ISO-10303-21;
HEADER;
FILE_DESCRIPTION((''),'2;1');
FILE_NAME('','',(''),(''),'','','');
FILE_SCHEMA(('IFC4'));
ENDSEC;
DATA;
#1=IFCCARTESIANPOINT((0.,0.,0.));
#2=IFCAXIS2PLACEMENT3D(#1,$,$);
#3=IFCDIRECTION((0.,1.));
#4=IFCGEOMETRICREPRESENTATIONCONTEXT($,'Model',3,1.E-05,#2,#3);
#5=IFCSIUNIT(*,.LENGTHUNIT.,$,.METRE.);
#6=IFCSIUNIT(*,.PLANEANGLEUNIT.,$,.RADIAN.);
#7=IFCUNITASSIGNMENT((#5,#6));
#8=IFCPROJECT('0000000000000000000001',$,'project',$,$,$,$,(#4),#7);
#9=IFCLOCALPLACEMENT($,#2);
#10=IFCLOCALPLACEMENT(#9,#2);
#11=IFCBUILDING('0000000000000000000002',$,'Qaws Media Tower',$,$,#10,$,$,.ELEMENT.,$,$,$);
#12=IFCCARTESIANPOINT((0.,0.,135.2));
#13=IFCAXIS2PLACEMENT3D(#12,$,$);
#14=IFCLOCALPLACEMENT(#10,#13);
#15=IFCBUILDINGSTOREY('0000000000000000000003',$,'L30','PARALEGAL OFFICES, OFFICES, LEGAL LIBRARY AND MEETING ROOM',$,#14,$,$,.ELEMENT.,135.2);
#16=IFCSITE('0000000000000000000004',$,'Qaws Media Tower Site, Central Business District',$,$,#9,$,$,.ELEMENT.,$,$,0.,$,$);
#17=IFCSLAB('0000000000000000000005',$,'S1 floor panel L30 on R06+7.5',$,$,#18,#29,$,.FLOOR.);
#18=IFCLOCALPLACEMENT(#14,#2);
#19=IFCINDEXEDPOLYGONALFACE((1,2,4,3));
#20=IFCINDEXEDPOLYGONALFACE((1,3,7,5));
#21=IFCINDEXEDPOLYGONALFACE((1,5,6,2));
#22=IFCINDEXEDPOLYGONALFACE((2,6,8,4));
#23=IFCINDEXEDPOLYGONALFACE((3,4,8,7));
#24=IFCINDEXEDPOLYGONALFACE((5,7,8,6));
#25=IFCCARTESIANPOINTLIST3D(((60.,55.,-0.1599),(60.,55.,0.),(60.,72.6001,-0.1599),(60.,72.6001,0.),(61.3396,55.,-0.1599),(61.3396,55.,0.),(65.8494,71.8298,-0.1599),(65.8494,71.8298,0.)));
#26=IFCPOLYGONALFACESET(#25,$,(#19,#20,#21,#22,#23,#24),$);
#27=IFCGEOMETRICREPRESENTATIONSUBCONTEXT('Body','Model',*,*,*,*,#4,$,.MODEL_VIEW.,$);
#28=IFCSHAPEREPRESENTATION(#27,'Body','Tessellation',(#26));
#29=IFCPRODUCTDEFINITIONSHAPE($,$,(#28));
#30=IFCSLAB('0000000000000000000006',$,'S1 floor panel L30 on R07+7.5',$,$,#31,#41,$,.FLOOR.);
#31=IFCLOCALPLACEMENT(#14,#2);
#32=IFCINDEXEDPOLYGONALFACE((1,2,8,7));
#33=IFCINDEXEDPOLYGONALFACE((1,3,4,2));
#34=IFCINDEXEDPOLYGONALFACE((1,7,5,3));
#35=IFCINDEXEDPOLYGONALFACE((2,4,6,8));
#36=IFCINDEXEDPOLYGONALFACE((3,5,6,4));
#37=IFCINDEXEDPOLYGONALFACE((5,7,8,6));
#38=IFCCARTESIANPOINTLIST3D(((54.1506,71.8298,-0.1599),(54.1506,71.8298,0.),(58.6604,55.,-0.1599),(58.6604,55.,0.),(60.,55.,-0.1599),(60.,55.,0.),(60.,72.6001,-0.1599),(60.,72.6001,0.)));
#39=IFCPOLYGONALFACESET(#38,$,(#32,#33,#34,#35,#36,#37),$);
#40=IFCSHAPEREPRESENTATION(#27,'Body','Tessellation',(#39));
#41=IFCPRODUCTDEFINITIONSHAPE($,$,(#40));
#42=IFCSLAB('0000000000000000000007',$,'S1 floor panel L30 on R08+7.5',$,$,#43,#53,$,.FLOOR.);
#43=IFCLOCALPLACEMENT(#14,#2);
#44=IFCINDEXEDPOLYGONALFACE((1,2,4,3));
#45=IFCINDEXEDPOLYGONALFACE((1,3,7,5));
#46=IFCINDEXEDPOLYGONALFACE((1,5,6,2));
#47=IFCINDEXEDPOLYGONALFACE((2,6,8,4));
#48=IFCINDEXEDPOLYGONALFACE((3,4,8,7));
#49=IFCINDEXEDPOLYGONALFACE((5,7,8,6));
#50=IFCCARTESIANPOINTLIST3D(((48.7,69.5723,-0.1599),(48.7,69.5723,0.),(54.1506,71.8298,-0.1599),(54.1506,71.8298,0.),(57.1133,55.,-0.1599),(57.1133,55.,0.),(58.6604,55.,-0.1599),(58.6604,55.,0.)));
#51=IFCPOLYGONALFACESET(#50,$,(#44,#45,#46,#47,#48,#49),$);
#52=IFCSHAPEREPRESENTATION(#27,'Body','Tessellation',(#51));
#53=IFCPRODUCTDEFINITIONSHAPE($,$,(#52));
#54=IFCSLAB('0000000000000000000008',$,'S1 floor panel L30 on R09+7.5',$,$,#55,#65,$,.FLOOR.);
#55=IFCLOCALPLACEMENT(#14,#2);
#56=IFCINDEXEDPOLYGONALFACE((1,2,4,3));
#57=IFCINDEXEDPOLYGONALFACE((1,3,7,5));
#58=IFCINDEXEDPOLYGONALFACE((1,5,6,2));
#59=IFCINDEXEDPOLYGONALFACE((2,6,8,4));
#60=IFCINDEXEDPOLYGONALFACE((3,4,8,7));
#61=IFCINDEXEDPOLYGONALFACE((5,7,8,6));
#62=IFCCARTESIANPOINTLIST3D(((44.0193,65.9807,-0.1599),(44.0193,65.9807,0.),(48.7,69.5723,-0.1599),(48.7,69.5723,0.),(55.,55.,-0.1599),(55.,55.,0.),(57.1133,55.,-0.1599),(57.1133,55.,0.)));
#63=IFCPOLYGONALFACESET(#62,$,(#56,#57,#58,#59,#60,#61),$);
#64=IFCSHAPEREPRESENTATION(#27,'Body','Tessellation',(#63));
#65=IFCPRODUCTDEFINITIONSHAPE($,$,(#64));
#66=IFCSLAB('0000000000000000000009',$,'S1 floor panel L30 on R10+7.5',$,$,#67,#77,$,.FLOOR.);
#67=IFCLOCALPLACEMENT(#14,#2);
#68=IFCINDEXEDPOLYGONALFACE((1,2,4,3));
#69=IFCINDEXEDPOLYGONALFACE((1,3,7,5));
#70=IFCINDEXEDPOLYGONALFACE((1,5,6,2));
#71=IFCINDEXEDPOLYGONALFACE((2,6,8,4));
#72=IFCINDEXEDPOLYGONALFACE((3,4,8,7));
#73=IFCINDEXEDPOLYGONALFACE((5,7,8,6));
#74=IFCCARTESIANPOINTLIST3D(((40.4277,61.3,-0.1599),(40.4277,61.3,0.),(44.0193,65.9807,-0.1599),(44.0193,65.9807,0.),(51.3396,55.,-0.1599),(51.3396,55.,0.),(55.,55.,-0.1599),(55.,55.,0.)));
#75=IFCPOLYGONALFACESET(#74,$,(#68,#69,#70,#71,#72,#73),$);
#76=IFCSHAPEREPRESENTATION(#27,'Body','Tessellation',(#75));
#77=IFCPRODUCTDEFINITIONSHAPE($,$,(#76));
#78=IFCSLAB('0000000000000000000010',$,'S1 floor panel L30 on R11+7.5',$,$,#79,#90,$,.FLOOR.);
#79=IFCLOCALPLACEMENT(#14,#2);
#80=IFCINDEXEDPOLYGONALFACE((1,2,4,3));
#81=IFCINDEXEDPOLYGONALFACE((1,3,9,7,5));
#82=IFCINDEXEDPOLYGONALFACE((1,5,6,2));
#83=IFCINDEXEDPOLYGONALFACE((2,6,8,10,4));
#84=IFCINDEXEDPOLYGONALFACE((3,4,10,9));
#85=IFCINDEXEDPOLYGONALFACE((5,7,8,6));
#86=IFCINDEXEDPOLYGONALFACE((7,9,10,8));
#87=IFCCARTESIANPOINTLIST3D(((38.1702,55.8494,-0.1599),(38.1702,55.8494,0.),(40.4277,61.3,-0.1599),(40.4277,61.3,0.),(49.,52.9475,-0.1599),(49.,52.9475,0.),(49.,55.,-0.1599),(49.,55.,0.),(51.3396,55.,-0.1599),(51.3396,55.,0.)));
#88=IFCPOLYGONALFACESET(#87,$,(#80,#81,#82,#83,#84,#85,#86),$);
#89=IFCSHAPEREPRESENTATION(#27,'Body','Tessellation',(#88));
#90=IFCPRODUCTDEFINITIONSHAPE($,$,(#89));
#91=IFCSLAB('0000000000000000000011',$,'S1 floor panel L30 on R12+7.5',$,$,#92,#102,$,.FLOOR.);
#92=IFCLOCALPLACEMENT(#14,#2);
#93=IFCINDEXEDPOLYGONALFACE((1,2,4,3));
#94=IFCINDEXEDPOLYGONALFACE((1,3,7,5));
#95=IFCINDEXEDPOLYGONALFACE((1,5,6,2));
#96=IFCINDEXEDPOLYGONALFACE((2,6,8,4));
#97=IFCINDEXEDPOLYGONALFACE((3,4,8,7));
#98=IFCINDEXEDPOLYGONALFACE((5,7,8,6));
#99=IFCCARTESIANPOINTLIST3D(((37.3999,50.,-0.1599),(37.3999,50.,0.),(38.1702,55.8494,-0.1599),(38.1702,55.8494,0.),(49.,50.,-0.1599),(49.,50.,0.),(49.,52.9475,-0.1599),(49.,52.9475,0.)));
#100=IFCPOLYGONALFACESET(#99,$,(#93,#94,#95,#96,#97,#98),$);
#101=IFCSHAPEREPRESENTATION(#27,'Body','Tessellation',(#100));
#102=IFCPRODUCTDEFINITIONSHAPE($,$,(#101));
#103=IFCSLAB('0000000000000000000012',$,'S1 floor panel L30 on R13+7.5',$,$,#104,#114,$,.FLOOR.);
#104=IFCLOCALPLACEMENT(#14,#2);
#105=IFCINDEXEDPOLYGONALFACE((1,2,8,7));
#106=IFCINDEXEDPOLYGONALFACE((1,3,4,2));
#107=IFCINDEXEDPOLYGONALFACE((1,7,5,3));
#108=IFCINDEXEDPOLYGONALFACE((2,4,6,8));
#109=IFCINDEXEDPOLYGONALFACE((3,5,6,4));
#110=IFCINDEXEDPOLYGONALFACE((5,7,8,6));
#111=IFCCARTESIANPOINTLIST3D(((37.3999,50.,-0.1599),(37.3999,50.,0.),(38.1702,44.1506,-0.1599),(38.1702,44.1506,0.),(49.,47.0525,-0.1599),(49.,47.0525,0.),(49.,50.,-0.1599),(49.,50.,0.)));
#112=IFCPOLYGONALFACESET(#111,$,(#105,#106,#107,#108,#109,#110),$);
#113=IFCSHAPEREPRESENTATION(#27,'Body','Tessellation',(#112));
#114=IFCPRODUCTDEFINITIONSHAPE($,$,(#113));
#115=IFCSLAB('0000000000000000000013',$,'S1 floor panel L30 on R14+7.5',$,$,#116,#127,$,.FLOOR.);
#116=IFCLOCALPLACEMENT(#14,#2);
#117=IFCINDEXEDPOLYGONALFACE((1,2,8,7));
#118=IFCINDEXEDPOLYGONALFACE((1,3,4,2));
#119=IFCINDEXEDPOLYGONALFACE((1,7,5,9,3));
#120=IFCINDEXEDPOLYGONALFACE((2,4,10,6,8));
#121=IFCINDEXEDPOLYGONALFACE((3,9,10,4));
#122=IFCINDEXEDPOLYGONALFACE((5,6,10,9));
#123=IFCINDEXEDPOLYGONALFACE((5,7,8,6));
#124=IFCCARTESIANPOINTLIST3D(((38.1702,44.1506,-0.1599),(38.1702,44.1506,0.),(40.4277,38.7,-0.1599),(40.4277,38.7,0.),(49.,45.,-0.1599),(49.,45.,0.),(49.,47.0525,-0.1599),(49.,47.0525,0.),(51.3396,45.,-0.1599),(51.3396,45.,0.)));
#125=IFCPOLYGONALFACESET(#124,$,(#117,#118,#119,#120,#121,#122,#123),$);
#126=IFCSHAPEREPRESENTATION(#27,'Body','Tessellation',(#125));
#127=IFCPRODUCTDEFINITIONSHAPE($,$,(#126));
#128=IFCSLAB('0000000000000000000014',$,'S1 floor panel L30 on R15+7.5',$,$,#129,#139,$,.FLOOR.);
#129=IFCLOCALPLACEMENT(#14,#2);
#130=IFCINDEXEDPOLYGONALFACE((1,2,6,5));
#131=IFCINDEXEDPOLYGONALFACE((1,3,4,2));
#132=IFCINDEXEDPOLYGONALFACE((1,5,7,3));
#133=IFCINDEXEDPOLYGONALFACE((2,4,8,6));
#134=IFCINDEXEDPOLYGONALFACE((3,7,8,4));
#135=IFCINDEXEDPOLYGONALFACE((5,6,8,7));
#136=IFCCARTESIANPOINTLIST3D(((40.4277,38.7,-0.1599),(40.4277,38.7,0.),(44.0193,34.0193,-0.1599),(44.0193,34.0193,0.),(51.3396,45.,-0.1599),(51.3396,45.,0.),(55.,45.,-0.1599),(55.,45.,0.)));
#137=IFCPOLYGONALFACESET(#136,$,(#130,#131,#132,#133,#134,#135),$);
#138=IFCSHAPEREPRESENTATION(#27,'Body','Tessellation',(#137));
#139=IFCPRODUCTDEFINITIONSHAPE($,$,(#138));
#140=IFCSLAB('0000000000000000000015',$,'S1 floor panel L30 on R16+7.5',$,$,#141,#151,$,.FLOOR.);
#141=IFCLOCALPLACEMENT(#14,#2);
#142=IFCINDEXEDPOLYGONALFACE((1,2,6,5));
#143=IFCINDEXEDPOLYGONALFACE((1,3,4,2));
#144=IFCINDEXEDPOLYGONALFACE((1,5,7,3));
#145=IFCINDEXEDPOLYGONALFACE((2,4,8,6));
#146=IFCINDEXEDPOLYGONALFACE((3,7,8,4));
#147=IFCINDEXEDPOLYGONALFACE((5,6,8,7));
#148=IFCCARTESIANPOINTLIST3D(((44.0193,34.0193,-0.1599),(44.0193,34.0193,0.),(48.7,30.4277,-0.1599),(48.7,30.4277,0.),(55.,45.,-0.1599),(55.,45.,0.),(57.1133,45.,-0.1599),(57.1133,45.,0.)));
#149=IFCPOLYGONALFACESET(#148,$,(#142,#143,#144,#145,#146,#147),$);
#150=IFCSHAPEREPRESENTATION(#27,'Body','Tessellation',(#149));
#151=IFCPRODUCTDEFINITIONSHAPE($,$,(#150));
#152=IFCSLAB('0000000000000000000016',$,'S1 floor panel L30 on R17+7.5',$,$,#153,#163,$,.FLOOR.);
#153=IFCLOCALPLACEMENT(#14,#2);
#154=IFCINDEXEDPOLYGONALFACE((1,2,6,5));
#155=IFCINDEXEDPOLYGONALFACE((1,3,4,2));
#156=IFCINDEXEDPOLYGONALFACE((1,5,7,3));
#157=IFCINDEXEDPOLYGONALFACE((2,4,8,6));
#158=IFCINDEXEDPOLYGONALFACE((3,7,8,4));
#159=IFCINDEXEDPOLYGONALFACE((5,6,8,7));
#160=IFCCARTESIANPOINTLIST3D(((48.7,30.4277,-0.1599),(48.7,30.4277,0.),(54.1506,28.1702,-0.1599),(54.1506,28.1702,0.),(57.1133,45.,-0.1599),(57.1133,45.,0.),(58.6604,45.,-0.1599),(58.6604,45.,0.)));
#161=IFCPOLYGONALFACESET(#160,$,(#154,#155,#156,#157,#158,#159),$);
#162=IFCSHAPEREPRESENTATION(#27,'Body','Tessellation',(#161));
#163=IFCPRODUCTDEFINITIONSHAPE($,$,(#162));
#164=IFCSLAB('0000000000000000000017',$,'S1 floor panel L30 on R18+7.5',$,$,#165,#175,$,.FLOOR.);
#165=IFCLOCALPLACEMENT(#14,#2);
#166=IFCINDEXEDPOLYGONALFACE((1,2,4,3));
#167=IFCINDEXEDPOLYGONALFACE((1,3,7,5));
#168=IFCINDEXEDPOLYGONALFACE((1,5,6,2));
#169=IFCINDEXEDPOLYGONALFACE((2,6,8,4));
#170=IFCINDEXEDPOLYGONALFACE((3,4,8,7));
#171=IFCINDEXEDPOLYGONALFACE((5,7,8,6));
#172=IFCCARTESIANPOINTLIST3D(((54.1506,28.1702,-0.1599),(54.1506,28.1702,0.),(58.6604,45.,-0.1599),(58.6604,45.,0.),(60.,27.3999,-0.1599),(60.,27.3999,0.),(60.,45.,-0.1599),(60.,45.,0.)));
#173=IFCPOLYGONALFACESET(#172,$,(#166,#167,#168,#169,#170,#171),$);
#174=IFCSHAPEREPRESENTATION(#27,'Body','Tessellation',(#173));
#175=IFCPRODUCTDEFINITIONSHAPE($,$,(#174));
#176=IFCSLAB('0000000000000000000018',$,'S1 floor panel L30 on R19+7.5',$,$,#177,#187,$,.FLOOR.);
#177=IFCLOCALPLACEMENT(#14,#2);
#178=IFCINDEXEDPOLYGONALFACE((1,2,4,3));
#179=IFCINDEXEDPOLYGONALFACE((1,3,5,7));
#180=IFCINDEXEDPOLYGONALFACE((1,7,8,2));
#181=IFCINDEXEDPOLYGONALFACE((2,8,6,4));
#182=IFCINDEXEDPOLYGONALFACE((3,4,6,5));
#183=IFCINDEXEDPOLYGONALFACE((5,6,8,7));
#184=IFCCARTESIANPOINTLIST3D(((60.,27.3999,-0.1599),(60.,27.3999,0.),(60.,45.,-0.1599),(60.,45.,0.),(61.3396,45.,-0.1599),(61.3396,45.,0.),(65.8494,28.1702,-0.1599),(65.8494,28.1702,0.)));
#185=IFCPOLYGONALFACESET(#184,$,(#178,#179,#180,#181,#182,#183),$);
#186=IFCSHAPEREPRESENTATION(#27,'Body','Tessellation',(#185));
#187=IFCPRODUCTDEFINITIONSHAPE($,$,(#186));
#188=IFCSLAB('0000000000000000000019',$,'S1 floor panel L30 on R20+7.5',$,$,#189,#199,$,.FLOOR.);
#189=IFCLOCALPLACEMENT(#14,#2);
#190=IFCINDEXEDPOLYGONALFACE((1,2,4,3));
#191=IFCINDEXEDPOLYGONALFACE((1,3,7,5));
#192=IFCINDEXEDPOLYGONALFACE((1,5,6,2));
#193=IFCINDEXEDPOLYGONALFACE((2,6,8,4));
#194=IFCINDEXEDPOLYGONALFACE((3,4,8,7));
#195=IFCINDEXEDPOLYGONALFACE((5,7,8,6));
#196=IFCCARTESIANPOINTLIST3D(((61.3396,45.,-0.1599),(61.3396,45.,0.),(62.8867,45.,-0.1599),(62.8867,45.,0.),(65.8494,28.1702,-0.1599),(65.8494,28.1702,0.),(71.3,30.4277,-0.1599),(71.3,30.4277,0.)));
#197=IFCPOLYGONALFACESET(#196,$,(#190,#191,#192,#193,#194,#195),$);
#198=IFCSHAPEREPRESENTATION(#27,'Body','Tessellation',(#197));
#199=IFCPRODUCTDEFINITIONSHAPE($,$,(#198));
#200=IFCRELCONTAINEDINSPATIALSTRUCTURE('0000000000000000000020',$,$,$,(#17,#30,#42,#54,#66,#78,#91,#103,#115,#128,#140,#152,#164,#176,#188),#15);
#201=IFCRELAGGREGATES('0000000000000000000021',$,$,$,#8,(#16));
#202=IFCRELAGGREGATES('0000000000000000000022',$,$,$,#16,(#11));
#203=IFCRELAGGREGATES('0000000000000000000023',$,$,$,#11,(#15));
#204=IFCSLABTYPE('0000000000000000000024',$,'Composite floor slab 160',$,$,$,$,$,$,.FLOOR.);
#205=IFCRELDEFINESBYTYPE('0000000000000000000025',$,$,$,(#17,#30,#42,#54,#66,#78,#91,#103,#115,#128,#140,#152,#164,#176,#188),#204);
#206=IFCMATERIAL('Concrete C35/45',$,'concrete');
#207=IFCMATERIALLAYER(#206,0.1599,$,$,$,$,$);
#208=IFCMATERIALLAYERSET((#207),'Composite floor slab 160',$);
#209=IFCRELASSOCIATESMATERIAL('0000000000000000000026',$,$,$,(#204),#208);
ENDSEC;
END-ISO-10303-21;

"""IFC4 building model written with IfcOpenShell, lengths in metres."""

from ifc_helpers import new_model, si_unit, direction, frame, origin, place, context, subcontext, project, spatial, polyline, outline, extrude, material, layer, layer_set, type_object, element, save


model = new_model("IFC4")

# Units and contexts
model_context = context("Model", 3, precision=1e-05, world=origin(), true_north=direction((0.0, 1.0)))
body_context = subcontext(model_context, "Body", "Model", "MODEL_VIEW")
ifc_project = project(units=[si_unit("LENGTHUNIT", "METRE"), si_unit("PLANEANGLEUNIT", "RADIAN")], contexts=[model_context])

# Site, building, storey
site_placement = place(None, origin())
site = spatial("IfcSite", under=ifc_project, at=site_placement, Name="Qaws Media Tower Site, Central Business District", CompositionType="ELEMENT", RefElevation=0.0)
building_placement = place(site_placement, origin())
building = spatial("IfcBuilding", under=site, at=building_placement, Name="Qaws Media Tower", CompositionType="ELEMENT")
storey_placement = place(building_placement, frame((0.0, 0.0, 135.2)))
storey = spatial("IfcBuildingStorey", under=building, at=storey_placement, Name="L30", Description="PARALEGAL OFFICES, OFFICES, LEGAL LIBRARY AND MEETING ROOM", CompositionType="ELEMENT", Elevation=135.2)

# Slabs
ifc_material_1 = material(Name="Concrete C35/45", Category="concrete")
ifc_layer_1 = layer(ifc_material_1, 0.1599)
ifc_layer_set_1 = layer_set([ifc_layer_1], Name="Composite floor slab 160")
slab_type_1 = type_object("IfcSlabType", Name="Composite floor slab 160", PredefinedType="FLOOR", material=ifc_layer_set_1)
slab_1_placement = place(storey_placement, frame((0.0, 0.0, -0.1599)))
element("IfcSlab", 1, at=slab_1_placement, inside=storey, type_object=slab_type_1, Name="S1 floor panel L30 on R06+7.5", PredefinedType="FLOOR", context=body_context, shape_type="SweptSolid", body=[
    extrude(outline(polyline([(65.8494, 71.8298), (61.3396, 55.0), (60.0, 55.0), (60.0, 72.6001), (65.8494, 71.8298)])), origin(), (0.0, 0.0, 1.0), 0.1599),
])
slab_2_placement = place(storey_placement, frame((0.0, 0.0, -0.1599)))
element("IfcSlab", 2, at=slab_2_placement, inside=storey, type_object=slab_type_1, Name="S1 floor panel L30 on R07+7.5", PredefinedType="FLOOR", context=body_context, shape_type="SweptSolid", body=[
    extrude(outline(polyline([(54.1506, 71.8298), (60.0, 72.6001), (60.0, 55.0), (58.6604, 55.0), (54.1506, 71.8298)])), origin(), (0.0, 0.0, 1.0), 0.1599),
])
slab_3_placement = place(storey_placement, frame((0.0, 0.0, -0.1599)))
element("IfcSlab", 3, at=slab_3_placement, inside=storey, type_object=slab_type_1, Name="S1 floor panel L30 on R08+7.5", PredefinedType="FLOOR", context=body_context, shape_type="SweptSolid", body=[
    extrude(outline(polyline([(54.1506, 71.8298), (58.6604, 55.0), (57.1133, 55.0), (48.7, 69.5723), (54.1506, 71.8298)])), origin(), (0.0, 0.0, 1.0), 0.1599),
])
slab_4_placement = place(storey_placement, frame((0.0, 0.0, -0.1599)))
element("IfcSlab", 4, at=slab_4_placement, inside=storey, type_object=slab_type_1, Name="S1 floor panel L30 on R09+7.5", PredefinedType="FLOOR", context=body_context, shape_type="SweptSolid", body=[
    extrude(outline(polyline([(44.0193, 65.9807), (48.7, 69.5723), (57.1133, 55.0), (55.0, 55.0), (44.0193, 65.9807)])), origin(), (0.0, 0.0, 1.0), 0.1599),
])
slab_5_placement = place(storey_placement, frame((0.0, 0.0, -0.1599)))
element("IfcSlab", 5, at=slab_5_placement, inside=storey, type_object=slab_type_1, Name="S1 floor panel L30 on R10+7.5", PredefinedType="FLOOR", context=body_context, shape_type="SweptSolid", body=[
    extrude(outline(polyline([(40.4277, 61.3), (44.0193, 65.9807), (55.0, 55.0), (51.3396, 55.0), (40.4277, 61.3)])), origin(), (0.0, 0.0, 1.0), 0.1599),
])
slab_6_placement = place(storey_placement, frame((0.0, 0.0, -0.1599)))
element("IfcSlab", 6, at=slab_6_placement, inside=storey, type_object=slab_type_1, Name="S1 floor panel L30 on R11+7.5", PredefinedType="FLOOR", context=body_context, shape_type="SweptSolid", body=[
    extrude(outline(polyline([(40.4277, 61.3), (51.3396, 55.0), (49.0, 55.0), (49.0, 52.9475), (38.1702, 55.8494), (40.4277, 61.3)])), origin(), (0.0, 0.0, 1.0), 0.1599),
])
slab_7_placement = place(storey_placement, frame((0.0, 0.0, -0.1599)))
element("IfcSlab", 7, at=slab_7_placement, inside=storey, type_object=slab_type_1, Name="S1 floor panel L30 on R12+7.5", PredefinedType="FLOOR", context=body_context, shape_type="SweptSolid", body=[
    extrude(outline(polyline([(38.1702, 55.8494), (49.0, 52.9475), (49.0, 50.0), (37.3999, 50.0), (38.1702, 55.8494)])), origin(), (0.0, 0.0, 1.0), 0.1599),
])
slab_8_placement = place(storey_placement, frame((0.0, 0.0, -0.1599)))
element("IfcSlab", 8, at=slab_8_placement, inside=storey, type_object=slab_type_1, Name="S1 floor panel L30 on R13+7.5", PredefinedType="FLOOR", context=body_context, shape_type="SweptSolid", body=[
    extrude(outline(polyline([(38.1702, 44.1506), (37.3999, 50.0), (49.0, 50.0), (49.0, 47.0525), (38.1702, 44.1506)])), origin(), (0.0, 0.0, 1.0), 0.1599),
])
slab_9_placement = place(storey_placement, frame((0.0, 0.0, -0.1599)))
element("IfcSlab", 9, at=slab_9_placement, inside=storey, type_object=slab_type_1, Name="S1 floor panel L30 on R14+7.5", PredefinedType="FLOOR", context=body_context, shape_type="SweptSolid", body=[
    extrude(outline(polyline([(38.1702, 44.1506), (49.0, 47.0525), (49.0, 45.0), (51.3396, 45.0), (40.4277, 38.7), (38.1702, 44.1506)])), origin(), (0.0, 0.0, 1.0), 0.1599),
])
slab_10_placement = place(storey_placement, frame((0.0, 0.0, -0.1599)))
element("IfcSlab", 10, at=slab_10_placement, inside=storey, type_object=slab_type_1, Name="S1 floor panel L30 on R15+7.5", PredefinedType="FLOOR", context=body_context, shape_type="SweptSolid", body=[
    extrude(outline(polyline([(40.4277, 38.7), (51.3396, 45.0), (55.0, 45.0), (44.0193, 34.0193), (40.4277, 38.7)])), origin(), (0.0, 0.0, 1.0), 0.1599),
])
slab_11_placement = place(storey_placement, frame((0.0, 0.0, -0.1599)))
element("IfcSlab", 11, at=slab_11_placement, inside=storey, type_object=slab_type_1, Name="S1 floor panel L30 on R16+7.5", PredefinedType="FLOOR", context=body_context, shape_type="SweptSolid", body=[
    extrude(outline(polyline([(48.7, 30.4277), (44.0193, 34.0193), (55.0, 45.0), (57.1133, 45.0), (48.7, 30.4277)])), origin(), (0.0, 0.0, 1.0), 0.1599),
])
slab_12_placement = place(storey_placement, frame((0.0, 0.0, -0.1599)))
element("IfcSlab", 12, at=slab_12_placement, inside=storey, type_object=slab_type_1, Name="S1 floor panel L30 on R17+7.5", PredefinedType="FLOOR", context=body_context, shape_type="SweptSolid", body=[
    extrude(outline(polyline([(48.7, 30.4277), (57.1133, 45.0), (58.6604, 45.0), (54.1506, 28.1702), (48.7, 30.4277)])), origin(), (0.0, 0.0, 1.0), 0.1599),
])
slab_13_placement = place(storey_placement, frame((0.0, 0.0, -0.1599)))
element("IfcSlab", 13, at=slab_13_placement, inside=storey, type_object=slab_type_1, Name="S1 floor panel L30 on R18+7.5", PredefinedType="FLOOR", context=body_context, shape_type="SweptSolid", body=[
    extrude(outline(polyline([(54.1506, 28.1702), (58.6604, 45.0), (60.0, 45.0), (60.0, 27.3999), (54.1506, 28.1702)])), origin(), (0.0, 0.0, 1.0), 0.1599),
])
slab_14_placement = place(storey_placement, frame((0.0, 0.0, -0.1599)))
element("IfcSlab", 14, at=slab_14_placement, inside=storey, type_object=slab_type_1, Name="S1 floor panel L30 on R19+7.5", PredefinedType="FLOOR", context=body_context, shape_type="SweptSolid", body=[
    extrude(outline(polyline([(65.8494, 28.1702), (60.0, 27.3999), (60.0, 45.0), (61.3396, 45.0), (65.8494, 28.1702)])), origin(), (0.0, 0.0, 1.0), 0.1599),
])
slab_15_placement = place(storey_placement, frame((0.0, 0.0, -0.1599)))
element("IfcSlab", 15, at=slab_15_placement, inside=storey, type_object=slab_type_1, Name="S1 floor panel L30 on R20+7.5", PredefinedType="FLOOR", context=body_context, shape_type="SweptSolid", body=[
    extrude(outline(polyline([(65.8494, 28.1702), (61.3396, 45.0), (62.8867, 45.0), (71.3, 30.4277), (65.8494, 28.1702)])), origin(), (0.0, 0.0, 1.0), 0.1599),
])

save(model, "model.ifc")
